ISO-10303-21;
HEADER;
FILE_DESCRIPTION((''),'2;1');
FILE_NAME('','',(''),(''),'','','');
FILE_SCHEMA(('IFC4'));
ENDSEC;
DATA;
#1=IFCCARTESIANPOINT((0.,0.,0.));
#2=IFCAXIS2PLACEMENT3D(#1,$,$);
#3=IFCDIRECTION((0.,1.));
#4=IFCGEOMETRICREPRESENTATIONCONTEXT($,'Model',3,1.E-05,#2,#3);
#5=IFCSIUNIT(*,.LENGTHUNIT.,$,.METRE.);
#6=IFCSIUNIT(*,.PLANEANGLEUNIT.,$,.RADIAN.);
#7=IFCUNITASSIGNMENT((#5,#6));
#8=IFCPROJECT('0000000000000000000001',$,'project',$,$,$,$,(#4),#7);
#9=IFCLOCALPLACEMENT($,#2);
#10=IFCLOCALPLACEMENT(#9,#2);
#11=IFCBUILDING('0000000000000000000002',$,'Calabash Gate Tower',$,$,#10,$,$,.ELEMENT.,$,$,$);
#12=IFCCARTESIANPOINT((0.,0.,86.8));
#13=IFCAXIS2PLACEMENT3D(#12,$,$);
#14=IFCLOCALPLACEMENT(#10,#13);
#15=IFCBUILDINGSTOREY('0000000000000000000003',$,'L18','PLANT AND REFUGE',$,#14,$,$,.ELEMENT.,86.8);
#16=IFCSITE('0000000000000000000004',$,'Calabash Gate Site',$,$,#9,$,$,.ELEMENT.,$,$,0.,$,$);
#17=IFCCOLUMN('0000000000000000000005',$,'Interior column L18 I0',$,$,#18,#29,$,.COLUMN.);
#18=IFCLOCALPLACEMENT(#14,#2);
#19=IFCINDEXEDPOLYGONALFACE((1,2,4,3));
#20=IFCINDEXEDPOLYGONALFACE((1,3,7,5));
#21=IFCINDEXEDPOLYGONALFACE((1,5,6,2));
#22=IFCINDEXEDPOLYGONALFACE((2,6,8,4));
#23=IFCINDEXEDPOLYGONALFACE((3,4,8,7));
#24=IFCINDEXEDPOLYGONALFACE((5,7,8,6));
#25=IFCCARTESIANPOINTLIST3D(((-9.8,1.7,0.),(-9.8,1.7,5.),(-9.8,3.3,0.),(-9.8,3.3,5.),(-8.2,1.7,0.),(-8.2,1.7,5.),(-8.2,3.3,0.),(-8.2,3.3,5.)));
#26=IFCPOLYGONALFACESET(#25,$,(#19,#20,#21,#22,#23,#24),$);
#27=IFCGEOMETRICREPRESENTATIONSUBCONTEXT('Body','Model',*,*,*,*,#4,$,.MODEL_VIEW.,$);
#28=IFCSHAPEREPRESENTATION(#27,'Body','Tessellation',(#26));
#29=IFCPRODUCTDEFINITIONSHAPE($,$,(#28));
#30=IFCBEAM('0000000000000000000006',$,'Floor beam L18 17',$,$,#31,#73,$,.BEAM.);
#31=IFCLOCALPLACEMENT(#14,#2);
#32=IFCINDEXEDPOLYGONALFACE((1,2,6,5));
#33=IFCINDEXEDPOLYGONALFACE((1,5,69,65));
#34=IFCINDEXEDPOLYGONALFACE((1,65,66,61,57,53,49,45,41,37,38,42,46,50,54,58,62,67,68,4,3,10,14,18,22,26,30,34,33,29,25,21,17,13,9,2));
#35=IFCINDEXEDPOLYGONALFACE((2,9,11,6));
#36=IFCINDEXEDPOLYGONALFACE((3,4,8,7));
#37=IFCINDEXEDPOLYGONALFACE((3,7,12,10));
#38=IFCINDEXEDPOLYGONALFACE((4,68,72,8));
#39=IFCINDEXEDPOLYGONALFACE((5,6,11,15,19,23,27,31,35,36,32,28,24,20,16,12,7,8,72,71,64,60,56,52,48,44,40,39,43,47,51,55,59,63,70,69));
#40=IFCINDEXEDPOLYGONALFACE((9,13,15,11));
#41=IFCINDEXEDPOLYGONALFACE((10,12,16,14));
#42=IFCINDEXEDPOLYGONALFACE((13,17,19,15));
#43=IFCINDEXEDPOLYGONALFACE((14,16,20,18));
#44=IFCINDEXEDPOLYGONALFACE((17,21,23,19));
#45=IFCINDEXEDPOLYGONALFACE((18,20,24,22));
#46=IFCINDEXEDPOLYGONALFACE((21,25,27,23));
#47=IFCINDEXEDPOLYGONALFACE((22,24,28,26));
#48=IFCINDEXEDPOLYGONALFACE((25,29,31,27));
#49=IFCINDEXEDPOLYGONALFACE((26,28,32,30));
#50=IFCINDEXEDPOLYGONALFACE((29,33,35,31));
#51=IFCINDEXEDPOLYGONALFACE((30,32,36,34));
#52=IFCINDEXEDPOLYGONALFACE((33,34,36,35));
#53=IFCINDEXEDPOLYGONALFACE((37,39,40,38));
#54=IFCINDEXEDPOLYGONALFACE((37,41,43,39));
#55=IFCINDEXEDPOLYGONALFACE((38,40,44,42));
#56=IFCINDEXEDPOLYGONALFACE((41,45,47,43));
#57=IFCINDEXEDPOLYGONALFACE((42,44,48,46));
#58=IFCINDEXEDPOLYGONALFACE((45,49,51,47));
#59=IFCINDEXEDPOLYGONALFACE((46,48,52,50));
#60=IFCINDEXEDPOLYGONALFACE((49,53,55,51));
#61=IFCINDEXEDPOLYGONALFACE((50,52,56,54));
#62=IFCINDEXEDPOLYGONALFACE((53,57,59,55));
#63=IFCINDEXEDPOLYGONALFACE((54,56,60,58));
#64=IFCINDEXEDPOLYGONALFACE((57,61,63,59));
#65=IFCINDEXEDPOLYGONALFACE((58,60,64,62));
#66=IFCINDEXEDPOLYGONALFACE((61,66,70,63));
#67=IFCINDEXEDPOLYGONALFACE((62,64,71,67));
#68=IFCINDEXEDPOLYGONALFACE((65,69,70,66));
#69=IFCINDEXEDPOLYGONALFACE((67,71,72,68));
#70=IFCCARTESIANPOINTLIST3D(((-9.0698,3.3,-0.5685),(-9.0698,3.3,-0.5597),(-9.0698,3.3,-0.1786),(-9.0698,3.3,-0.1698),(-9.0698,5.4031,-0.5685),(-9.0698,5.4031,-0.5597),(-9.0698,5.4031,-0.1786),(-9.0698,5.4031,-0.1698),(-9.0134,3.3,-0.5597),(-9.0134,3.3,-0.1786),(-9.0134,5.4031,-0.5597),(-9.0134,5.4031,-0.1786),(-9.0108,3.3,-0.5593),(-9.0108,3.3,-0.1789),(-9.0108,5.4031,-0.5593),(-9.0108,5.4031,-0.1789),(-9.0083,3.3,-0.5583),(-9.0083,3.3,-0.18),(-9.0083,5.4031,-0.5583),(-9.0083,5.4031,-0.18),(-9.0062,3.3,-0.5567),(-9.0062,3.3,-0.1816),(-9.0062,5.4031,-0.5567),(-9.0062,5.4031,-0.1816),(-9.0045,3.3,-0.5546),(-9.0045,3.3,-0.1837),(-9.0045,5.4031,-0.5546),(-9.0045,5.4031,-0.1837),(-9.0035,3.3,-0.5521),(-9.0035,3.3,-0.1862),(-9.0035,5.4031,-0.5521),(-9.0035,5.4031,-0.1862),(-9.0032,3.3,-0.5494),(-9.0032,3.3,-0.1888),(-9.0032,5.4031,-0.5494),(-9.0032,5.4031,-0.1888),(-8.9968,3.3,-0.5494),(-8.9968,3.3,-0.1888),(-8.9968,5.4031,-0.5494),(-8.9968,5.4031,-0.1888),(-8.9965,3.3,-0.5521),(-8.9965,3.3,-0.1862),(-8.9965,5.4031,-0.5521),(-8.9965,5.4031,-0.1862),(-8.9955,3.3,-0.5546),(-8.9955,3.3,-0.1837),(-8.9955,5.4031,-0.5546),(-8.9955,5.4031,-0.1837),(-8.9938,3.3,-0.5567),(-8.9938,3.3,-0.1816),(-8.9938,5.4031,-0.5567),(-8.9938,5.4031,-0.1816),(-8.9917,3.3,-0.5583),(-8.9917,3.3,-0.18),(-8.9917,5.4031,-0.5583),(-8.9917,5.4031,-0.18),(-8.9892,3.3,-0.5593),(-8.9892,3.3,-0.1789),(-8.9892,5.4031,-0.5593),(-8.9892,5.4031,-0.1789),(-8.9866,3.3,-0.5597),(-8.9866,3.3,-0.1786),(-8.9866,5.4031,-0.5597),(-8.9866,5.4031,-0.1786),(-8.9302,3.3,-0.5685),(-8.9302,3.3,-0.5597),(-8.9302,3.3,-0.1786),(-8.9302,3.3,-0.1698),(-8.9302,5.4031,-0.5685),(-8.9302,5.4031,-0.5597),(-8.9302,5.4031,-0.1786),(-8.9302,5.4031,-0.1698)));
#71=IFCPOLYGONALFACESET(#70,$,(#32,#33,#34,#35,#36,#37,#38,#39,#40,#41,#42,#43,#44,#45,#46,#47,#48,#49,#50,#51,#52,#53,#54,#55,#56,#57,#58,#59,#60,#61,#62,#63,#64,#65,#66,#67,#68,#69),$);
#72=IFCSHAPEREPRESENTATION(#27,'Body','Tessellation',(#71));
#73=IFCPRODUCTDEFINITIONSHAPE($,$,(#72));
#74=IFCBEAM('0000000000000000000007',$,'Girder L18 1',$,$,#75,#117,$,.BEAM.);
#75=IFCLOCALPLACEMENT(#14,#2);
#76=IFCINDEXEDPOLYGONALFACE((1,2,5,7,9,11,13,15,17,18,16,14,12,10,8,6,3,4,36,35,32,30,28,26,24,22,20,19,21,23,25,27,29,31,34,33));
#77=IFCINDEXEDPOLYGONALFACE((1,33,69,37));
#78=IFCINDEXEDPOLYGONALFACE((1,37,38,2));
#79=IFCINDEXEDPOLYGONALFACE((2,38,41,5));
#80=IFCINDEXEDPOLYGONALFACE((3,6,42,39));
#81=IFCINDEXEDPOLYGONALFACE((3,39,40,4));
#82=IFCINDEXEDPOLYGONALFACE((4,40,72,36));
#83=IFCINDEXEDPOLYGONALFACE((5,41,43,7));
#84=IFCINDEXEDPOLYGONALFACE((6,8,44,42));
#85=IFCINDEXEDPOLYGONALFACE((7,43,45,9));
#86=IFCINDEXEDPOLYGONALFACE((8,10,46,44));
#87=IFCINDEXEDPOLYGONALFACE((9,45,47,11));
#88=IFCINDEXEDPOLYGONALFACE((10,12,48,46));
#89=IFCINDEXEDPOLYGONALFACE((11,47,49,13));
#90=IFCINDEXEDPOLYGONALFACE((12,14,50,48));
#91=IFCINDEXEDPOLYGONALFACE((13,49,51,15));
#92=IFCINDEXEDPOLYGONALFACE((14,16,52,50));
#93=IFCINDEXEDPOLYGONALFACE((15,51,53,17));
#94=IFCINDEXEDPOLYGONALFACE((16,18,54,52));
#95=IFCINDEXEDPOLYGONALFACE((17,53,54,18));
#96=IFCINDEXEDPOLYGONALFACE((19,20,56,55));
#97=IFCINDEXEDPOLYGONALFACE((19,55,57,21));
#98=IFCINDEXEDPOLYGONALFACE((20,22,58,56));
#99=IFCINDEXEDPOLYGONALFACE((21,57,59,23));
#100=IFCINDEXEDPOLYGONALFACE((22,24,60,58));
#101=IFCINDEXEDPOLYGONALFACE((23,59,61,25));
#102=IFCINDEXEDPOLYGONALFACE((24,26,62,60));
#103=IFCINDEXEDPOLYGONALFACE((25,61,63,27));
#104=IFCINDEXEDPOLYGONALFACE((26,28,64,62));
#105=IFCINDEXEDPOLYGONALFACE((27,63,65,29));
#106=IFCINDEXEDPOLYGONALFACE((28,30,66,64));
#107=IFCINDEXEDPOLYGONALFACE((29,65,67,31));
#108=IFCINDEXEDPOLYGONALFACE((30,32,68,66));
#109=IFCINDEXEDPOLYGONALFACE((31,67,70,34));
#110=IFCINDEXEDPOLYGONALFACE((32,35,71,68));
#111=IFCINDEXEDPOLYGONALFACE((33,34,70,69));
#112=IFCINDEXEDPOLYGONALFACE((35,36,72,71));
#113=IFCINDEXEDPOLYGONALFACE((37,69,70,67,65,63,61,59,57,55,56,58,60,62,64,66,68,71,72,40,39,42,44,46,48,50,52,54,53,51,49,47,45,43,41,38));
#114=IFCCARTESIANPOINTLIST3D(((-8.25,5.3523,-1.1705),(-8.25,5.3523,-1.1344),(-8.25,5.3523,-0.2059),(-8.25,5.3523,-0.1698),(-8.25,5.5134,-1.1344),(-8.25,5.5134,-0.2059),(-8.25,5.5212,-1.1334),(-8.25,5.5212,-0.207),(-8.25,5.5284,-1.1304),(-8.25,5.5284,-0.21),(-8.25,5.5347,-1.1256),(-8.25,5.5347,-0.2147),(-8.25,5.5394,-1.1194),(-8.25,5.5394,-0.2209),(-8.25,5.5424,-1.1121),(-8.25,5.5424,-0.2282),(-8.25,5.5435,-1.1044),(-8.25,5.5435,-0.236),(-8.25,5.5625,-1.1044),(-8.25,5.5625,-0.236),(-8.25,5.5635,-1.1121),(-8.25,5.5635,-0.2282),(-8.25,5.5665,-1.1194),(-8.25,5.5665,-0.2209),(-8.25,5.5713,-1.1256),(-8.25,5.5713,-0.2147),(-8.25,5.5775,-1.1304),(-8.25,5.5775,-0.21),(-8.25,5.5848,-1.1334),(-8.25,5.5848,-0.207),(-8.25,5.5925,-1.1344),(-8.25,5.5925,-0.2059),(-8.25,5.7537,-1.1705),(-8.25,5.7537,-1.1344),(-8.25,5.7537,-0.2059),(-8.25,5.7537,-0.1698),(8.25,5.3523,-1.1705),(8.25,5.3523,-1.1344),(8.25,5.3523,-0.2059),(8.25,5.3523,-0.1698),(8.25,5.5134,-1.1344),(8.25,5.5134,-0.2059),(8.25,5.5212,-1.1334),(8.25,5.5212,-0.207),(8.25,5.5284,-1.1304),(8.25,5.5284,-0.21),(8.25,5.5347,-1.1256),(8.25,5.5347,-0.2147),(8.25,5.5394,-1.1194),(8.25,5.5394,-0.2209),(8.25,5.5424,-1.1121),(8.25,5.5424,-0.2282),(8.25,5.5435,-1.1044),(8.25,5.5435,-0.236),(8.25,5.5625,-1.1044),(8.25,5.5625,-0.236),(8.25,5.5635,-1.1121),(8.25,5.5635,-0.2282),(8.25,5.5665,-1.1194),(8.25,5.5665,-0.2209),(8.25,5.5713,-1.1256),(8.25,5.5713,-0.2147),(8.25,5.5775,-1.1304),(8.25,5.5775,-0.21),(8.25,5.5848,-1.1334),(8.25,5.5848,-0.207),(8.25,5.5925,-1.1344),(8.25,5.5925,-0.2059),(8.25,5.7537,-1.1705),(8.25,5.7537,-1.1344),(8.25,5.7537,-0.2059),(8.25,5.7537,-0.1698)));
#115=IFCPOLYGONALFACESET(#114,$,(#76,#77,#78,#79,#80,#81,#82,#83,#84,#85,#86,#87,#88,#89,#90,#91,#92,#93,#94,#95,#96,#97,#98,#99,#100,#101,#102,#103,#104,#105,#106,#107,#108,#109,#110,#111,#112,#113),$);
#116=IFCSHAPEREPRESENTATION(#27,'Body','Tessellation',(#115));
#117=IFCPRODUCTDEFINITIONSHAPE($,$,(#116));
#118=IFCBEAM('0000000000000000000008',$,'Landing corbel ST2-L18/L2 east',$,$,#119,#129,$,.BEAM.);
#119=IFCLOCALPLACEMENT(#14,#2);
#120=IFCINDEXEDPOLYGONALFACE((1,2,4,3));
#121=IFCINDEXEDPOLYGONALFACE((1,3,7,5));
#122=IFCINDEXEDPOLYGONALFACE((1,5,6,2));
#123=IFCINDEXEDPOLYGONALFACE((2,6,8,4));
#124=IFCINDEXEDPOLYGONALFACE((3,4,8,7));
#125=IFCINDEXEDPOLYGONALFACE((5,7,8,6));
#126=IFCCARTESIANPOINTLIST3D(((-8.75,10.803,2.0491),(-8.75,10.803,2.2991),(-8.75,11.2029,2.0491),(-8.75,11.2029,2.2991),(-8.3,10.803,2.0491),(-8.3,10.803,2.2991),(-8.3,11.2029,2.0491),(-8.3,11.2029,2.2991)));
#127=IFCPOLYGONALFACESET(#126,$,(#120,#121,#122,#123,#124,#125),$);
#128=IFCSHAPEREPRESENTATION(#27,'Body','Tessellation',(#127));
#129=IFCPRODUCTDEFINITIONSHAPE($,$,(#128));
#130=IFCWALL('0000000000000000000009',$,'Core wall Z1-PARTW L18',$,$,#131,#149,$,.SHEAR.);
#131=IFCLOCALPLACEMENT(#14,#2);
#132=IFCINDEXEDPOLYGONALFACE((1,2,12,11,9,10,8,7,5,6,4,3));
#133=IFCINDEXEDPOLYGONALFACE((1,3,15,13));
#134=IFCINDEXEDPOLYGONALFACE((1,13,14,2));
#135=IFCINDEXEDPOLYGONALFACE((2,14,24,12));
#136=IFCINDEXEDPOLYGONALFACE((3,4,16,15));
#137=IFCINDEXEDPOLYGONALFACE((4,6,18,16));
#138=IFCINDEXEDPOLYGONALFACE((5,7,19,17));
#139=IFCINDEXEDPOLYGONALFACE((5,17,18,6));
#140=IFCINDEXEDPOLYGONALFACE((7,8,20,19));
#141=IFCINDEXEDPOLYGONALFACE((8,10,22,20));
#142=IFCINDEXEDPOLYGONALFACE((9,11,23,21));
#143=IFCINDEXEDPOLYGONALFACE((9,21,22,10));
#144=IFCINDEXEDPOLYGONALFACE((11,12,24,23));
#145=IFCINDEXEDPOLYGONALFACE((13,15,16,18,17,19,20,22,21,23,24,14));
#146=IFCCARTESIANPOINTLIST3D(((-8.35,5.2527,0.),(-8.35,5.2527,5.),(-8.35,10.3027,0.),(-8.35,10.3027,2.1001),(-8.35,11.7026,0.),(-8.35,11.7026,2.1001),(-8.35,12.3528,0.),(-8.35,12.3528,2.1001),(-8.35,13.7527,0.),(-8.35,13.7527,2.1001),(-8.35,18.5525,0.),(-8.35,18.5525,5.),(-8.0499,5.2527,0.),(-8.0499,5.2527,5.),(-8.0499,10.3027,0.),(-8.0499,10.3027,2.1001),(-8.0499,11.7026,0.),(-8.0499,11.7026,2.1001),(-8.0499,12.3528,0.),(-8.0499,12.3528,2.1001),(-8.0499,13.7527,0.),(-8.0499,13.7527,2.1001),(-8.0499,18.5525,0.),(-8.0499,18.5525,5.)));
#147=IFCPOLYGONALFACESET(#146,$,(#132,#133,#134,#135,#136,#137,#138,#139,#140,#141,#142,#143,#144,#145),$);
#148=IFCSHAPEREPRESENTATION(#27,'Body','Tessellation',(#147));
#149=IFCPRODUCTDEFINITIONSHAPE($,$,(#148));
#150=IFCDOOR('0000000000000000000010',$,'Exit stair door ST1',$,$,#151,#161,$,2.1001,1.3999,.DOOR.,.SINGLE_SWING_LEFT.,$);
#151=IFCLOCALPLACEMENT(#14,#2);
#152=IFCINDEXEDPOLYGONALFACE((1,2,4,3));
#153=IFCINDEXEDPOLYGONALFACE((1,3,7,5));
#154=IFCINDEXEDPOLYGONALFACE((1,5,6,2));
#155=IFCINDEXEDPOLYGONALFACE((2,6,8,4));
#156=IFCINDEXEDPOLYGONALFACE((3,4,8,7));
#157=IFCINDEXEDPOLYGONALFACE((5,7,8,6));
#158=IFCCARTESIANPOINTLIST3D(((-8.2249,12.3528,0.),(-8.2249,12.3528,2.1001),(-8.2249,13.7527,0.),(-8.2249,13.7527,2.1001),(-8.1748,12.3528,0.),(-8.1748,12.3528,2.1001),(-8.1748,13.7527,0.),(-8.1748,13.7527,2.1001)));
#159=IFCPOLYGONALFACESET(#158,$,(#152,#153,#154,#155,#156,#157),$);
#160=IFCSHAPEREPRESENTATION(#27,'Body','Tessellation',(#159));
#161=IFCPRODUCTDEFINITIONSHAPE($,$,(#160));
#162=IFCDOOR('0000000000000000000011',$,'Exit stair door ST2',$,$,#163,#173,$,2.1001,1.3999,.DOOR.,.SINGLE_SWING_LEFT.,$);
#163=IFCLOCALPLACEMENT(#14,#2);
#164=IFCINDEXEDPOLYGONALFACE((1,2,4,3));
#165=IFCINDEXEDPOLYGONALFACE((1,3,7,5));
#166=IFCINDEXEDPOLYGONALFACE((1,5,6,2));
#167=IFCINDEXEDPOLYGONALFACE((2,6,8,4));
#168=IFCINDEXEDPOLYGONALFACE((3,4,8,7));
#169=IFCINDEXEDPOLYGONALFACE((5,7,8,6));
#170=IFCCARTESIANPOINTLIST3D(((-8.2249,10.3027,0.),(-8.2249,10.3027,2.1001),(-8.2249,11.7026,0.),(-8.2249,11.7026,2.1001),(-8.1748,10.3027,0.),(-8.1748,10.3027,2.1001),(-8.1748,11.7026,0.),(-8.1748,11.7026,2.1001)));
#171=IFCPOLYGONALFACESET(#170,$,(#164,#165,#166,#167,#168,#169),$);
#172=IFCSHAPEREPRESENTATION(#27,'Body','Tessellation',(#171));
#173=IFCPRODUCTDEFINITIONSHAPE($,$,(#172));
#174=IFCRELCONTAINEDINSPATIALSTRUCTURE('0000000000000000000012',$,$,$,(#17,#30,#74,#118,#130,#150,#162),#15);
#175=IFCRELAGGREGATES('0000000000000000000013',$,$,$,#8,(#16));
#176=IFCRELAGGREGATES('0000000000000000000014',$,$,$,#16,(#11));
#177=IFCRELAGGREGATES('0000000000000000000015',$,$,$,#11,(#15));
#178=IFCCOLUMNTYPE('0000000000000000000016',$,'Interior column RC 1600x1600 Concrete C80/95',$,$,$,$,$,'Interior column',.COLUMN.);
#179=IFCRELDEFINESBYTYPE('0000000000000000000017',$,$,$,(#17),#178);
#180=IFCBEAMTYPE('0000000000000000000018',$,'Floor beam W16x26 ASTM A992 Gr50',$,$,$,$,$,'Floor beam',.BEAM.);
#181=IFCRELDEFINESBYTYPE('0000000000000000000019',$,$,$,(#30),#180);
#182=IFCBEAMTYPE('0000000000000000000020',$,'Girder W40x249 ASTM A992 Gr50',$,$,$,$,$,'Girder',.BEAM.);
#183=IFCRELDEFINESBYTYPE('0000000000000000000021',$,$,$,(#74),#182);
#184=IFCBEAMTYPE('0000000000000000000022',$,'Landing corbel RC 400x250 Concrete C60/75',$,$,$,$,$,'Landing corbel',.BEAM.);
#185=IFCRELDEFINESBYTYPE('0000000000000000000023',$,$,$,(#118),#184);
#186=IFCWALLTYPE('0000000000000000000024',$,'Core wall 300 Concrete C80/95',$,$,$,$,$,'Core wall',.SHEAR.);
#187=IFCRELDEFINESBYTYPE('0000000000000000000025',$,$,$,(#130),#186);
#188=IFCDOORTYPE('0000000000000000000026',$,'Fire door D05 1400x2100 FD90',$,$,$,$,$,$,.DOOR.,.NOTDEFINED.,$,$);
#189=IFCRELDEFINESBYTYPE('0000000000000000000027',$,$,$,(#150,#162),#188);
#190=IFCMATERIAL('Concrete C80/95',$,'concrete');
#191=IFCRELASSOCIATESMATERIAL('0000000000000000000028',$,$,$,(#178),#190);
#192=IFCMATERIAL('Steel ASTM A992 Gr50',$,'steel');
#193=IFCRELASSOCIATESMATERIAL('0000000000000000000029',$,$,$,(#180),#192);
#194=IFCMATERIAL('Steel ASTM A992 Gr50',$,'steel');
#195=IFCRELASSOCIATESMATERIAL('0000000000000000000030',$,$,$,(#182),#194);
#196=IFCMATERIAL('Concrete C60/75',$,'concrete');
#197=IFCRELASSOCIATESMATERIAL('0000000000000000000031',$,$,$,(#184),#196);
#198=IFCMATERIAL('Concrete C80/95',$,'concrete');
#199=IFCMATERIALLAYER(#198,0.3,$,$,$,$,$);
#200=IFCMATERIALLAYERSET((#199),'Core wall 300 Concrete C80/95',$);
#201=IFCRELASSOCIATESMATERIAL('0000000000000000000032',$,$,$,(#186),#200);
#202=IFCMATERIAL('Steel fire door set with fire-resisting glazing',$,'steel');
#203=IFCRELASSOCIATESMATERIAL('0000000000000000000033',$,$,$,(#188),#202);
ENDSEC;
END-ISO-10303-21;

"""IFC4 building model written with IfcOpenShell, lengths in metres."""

from ifc_helpers import new_model, si_unit, direction, frame, frame_2d, origin, origin_2d, place, context, subcontext, project, spatial, rectangle, i_section, extrude, material, layer, layer_set, material_profile, profile_set, type_object, element, fill, save


model = new_model("IFC4")

# Units and contexts
model_context = context("Model", 3, precision=1e-05, world=origin(), true_north=direction((0.0, 1.0)))
body_context = subcontext(model_context, "Body", "Model", "MODEL_VIEW")
ifc_project = project(units=[si_unit("LENGTHUNIT", "METRE"), si_unit("PLANEANGLEUNIT", "RADIAN")], contexts=[model_context])

# Site, building, storey
site_placement = place(None, origin())
site = spatial("IfcSite", under=ifc_project, at=site_placement, Name="Calabash Gate Site", CompositionType="ELEMENT", RefElevation=0.0)
building_placement = place(site_placement, origin())
building = spatial("IfcBuilding", under=site, at=building_placement, Name="Calabash Gate Tower", CompositionType="ELEMENT")
storey_placement = place(building_placement, frame((0.0, 0.0, 86.8)))
storey = spatial("IfcBuildingStorey", under=building, at=storey_placement, Name="L18", Description="PLANT AND REFUGE", CompositionType="ELEMENT", Elevation=86.8)

# Column
ifc_material_1 = material(Name="Concrete C80/95", Category="concrete")
ifc_material_profile_1 = material_profile(ifc_material_1, rectangle(XDim=1.6001, YDim=1.6001, at=origin_2d()))
ifc_profile_set_1 = profile_set([ifc_material_profile_1], Name="Concrete C80/95")
column_type = type_object("IfcColumnType", Name="Interior column RC 1600x1600 Concrete C80/95", ElementType="Interior column", PredefinedType="COLUMN", material=ifc_profile_set_1)
column_placement = place(storey_placement, frame((-9.0, 2.5, 0.0), z_axis=(0.0, 0.0, 1.0), x_axis=(1.0, 0.0, 0.0)))
element("IfcColumn", 1, at=column_placement, inside=storey, type_object=column_type, Name="Interior column L18 I0", PredefinedType="COLUMN", context=body_context, shape_type="SweptSolid", body=[
    extrude(rectangle(XDim=1.6001, YDim=1.6001, at=origin_2d()), origin(), (0.0, 0.0, 1.0), 5.0),
])

# Beams
ifc_material_2 = material(Name="Steel ASTM A992 Gr50", Category="steel")
ifc_material_profile_2 = material_profile(ifc_material_2, i_section(OverallWidth=0.1396, OverallDepth=0.3987, WebThickness=0.0063, FlangeThickness=0.0088, FilletRadius=0.0103, at=origin_2d()))
ifc_profile_set_2 = profile_set([ifc_material_profile_2], Name="Steel ASTM A992 Gr50")
beam_type_1 = type_object("IfcBeamType", Name="Floor beam W16x26 ASTM A992 Gr50", ElementType="Floor beam", PredefinedType="BEAM", material=ifc_profile_set_2)
beam_1_placement = place(storey_placement, frame((-9.0, 3.3, -0.3691), z_axis=(0.0, 1.0, 0.0), x_axis=(-1.0, 0.0, 0.0)))
element("IfcBeam", 2, at=beam_1_placement, inside=storey, type_object=beam_type_1, Name="Floor beam L18 17", PredefinedType="BEAM", context=body_context, shape_type="SweptSolid", body=[
    extrude(i_section(OverallWidth=0.1396, OverallDepth=0.3987, WebThickness=0.0063, FlangeThickness=0.0088, FilletRadius=0.0103, at=origin_2d()), origin(), (0.0, 0.0, 1.0), 2.103),
])
ifc_material_3 = material(Name="Steel ASTM A992 Gr50", Category="steel")
ifc_material_profile_3 = material_profile(ifc_material_3, i_section(OverallWidth=0.4014, OverallDepth=1.0007, WebThickness=0.019, FlangeThickness=0.0361, FilletRadius=0.03, at=origin_2d()))
ifc_profile_set_3 = profile_set([ifc_material_profile_3], Name="Steel ASTM A992 Gr50")
beam_type_2 = type_object("IfcBeamType", Name="Girder W40x249 ASTM A992 Gr50", ElementType="Girder", PredefinedType="BEAM", material=ifc_profile_set_3)
beam_2_placement = place(storey_placement, frame((-8.25, 5.553, -0.6702), z_axis=(1.0, 0.0, 0.0), x_axis=(0.0, 1.0, 0.0)))
element("IfcBeam", 3, at=beam_2_placement, inside=storey, type_object=beam_type_2, Name="Girder L18 1", PredefinedType="BEAM", context=body_context, shape_type="SweptSolid", body=[
    extrude(i_section(OverallWidth=0.4014, OverallDepth=1.0007, WebThickness=0.019, FlangeThickness=0.0361, FilletRadius=0.03, at=origin_2d()), origin(), (0.0, 0.0, 1.0), 16.5),
])
ifc_material_4 = material(Name="Concrete C60/75", Category="concrete")
ifc_material_profile_4 = material_profile(ifc_material_4, rectangle(XDim=0.3999, YDim=0.25, at=origin_2d()))
ifc_profile_set_4 = profile_set([ifc_material_profile_4], Name="Concrete C60/75")
beam_type_3 = type_object("IfcBeamType", Name="Landing corbel RC 400x250 Concrete C60/75", ElementType="Landing corbel", PredefinedType="BEAM", material=ifc_profile_set_4)
beam_3_placement = place(storey_placement, frame((-8.3, 11.0029, 2.1741), z_axis=(-1.0, 0.0, 0.0), x_axis=(0.0, -1.0, 0.0)))
element("IfcBeam", 4, at=beam_3_placement, inside=storey, type_object=beam_type_3, Name="Landing corbel ST2-L18/L2 east", PredefinedType="BEAM", context=body_context, shape_type="SweptSolid", body=[
    extrude(rectangle(XDim=0.3999, YDim=0.25, at=origin_2d()), origin(), (0.0, 0.0, 1.0), 0.45),
])

# Wall, openings, doors
ifc_material_5 = material(Name="Concrete C80/95", Category="concrete")
ifc_layer_1 = layer(ifc_material_5, 0.3)
ifc_layer_set_1 = layer_set([ifc_layer_1], Name="Core wall 300 Concrete C80/95")
wall_type_1 = type_object("IfcWallType", Name="Core wall 300 Concrete C80/95", ElementType="Core wall", PredefinedType="SHEAR", material=ifc_layer_set_1)
wall_1_placement = place(storey_placement, frame((-8.2, 5.2527, 0.0), z_axis=(0.0, 0.0, 1.0), x_axis=(0.0, 1.0, 0.0)))
wall_1 = element("IfcWall", 5, at=wall_1_placement, inside=storey, type_object=wall_type_1, Name="Core wall Z1-PARTW L18", PredefinedType="SHEAR", context=body_context, shape_type="SweptSolid", body=[
    extrude(rectangle(XDim=13.2998, YDim=0.3, at=frame_2d((6.6499, 0.0))), origin(), (0.0, 0.0, 1.0), 5.0),
])
opening_1_placement = place(wall_1_placement, frame((7.1001, 0.0, 0.0)))
opening_1 = element("IfcOpeningElement", 6, at=opening_1_placement, cuts=wall_1, PredefinedType="OPENING", context=body_context, shape_type="SweptSolid", body=[
    extrude(rectangle(XDim=1.3999, YDim=2.1001, at=frame_2d((0.7, 1.05))), frame((0.0, 0.1599, 0.0), z_axis=(0.0, -1.0, 0.0), x_axis=(1.0, 0.0, 0.0)), (0.0, 0.0, 1.0), 0.3201),
])
opening_2_placement = place(wall_1_placement, frame((5.05, 0.0, 0.0)))
opening_2 = element("IfcOpeningElement", 7, at=opening_2_placement, cuts=wall_1, PredefinedType="OPENING", context=body_context, shape_type="SweptSolid", body=[
    extrude(rectangle(XDim=1.3999, YDim=2.1001, at=frame_2d((0.7, 1.05))), frame((0.0, 0.1599, 0.0), z_axis=(0.0, -1.0, 0.0), x_axis=(1.0, 0.0, 0.0)), (0.0, 0.0, 1.0), 0.3201),
])
ifc_material_6 = material(Name="Steel fire door set with fire-resisting glazing", Category="steel")
door_type_1 = type_object("IfcDoorType", Name="Fire door D05 1400x2100 FD90", OperationType="NOTDEFINED", PredefinedType="DOOR", material=ifc_material_6)
door_1_placement = place(opening_1_placement, origin())
door_1 = element("IfcDoor", 8, at=door_1_placement, inside=storey, type_object=door_type_1, Name="Exit stair door ST1", OperationType="SINGLE_SWING_LEFT", OverallHeight=2.1001, OverallWidth=1.3999, PredefinedType="DOOR", context=body_context, shape_type="SweptSolid", body=[
    extrude(rectangle(XDim=1.3999, YDim=2.1001, at=frame_2d((0.7, 1.05))), frame((0.0, 0.0249, 0.0), z_axis=(0.0, -1.0, 0.0), x_axis=(1.0, 0.0, 0.0)), (0.0, 0.0, 1.0), 0.05),
])
fill(opening_1, door_1)
door_2_placement = place(opening_2_placement, origin())
door_2 = element("IfcDoor", 9, at=door_2_placement, inside=storey, type_object=door_type_1, Name="Exit stair door ST2", OperationType="SINGLE_SWING_LEFT", OverallHeight=2.1001, OverallWidth=1.3999, PredefinedType="DOOR", context=body_context, shape_type="SweptSolid", body=[
    extrude(rectangle(XDim=1.3999, YDim=2.1001, at=frame_2d((0.7, 1.05))), frame((0.0, 0.0249, 0.0), z_axis=(0.0, -1.0, 0.0), x_axis=(1.0, 0.0, 0.0)), (0.0, 0.0, 1.0), 0.05),
])
fill(opening_2, door_2)

save(model, "model.ifc")
